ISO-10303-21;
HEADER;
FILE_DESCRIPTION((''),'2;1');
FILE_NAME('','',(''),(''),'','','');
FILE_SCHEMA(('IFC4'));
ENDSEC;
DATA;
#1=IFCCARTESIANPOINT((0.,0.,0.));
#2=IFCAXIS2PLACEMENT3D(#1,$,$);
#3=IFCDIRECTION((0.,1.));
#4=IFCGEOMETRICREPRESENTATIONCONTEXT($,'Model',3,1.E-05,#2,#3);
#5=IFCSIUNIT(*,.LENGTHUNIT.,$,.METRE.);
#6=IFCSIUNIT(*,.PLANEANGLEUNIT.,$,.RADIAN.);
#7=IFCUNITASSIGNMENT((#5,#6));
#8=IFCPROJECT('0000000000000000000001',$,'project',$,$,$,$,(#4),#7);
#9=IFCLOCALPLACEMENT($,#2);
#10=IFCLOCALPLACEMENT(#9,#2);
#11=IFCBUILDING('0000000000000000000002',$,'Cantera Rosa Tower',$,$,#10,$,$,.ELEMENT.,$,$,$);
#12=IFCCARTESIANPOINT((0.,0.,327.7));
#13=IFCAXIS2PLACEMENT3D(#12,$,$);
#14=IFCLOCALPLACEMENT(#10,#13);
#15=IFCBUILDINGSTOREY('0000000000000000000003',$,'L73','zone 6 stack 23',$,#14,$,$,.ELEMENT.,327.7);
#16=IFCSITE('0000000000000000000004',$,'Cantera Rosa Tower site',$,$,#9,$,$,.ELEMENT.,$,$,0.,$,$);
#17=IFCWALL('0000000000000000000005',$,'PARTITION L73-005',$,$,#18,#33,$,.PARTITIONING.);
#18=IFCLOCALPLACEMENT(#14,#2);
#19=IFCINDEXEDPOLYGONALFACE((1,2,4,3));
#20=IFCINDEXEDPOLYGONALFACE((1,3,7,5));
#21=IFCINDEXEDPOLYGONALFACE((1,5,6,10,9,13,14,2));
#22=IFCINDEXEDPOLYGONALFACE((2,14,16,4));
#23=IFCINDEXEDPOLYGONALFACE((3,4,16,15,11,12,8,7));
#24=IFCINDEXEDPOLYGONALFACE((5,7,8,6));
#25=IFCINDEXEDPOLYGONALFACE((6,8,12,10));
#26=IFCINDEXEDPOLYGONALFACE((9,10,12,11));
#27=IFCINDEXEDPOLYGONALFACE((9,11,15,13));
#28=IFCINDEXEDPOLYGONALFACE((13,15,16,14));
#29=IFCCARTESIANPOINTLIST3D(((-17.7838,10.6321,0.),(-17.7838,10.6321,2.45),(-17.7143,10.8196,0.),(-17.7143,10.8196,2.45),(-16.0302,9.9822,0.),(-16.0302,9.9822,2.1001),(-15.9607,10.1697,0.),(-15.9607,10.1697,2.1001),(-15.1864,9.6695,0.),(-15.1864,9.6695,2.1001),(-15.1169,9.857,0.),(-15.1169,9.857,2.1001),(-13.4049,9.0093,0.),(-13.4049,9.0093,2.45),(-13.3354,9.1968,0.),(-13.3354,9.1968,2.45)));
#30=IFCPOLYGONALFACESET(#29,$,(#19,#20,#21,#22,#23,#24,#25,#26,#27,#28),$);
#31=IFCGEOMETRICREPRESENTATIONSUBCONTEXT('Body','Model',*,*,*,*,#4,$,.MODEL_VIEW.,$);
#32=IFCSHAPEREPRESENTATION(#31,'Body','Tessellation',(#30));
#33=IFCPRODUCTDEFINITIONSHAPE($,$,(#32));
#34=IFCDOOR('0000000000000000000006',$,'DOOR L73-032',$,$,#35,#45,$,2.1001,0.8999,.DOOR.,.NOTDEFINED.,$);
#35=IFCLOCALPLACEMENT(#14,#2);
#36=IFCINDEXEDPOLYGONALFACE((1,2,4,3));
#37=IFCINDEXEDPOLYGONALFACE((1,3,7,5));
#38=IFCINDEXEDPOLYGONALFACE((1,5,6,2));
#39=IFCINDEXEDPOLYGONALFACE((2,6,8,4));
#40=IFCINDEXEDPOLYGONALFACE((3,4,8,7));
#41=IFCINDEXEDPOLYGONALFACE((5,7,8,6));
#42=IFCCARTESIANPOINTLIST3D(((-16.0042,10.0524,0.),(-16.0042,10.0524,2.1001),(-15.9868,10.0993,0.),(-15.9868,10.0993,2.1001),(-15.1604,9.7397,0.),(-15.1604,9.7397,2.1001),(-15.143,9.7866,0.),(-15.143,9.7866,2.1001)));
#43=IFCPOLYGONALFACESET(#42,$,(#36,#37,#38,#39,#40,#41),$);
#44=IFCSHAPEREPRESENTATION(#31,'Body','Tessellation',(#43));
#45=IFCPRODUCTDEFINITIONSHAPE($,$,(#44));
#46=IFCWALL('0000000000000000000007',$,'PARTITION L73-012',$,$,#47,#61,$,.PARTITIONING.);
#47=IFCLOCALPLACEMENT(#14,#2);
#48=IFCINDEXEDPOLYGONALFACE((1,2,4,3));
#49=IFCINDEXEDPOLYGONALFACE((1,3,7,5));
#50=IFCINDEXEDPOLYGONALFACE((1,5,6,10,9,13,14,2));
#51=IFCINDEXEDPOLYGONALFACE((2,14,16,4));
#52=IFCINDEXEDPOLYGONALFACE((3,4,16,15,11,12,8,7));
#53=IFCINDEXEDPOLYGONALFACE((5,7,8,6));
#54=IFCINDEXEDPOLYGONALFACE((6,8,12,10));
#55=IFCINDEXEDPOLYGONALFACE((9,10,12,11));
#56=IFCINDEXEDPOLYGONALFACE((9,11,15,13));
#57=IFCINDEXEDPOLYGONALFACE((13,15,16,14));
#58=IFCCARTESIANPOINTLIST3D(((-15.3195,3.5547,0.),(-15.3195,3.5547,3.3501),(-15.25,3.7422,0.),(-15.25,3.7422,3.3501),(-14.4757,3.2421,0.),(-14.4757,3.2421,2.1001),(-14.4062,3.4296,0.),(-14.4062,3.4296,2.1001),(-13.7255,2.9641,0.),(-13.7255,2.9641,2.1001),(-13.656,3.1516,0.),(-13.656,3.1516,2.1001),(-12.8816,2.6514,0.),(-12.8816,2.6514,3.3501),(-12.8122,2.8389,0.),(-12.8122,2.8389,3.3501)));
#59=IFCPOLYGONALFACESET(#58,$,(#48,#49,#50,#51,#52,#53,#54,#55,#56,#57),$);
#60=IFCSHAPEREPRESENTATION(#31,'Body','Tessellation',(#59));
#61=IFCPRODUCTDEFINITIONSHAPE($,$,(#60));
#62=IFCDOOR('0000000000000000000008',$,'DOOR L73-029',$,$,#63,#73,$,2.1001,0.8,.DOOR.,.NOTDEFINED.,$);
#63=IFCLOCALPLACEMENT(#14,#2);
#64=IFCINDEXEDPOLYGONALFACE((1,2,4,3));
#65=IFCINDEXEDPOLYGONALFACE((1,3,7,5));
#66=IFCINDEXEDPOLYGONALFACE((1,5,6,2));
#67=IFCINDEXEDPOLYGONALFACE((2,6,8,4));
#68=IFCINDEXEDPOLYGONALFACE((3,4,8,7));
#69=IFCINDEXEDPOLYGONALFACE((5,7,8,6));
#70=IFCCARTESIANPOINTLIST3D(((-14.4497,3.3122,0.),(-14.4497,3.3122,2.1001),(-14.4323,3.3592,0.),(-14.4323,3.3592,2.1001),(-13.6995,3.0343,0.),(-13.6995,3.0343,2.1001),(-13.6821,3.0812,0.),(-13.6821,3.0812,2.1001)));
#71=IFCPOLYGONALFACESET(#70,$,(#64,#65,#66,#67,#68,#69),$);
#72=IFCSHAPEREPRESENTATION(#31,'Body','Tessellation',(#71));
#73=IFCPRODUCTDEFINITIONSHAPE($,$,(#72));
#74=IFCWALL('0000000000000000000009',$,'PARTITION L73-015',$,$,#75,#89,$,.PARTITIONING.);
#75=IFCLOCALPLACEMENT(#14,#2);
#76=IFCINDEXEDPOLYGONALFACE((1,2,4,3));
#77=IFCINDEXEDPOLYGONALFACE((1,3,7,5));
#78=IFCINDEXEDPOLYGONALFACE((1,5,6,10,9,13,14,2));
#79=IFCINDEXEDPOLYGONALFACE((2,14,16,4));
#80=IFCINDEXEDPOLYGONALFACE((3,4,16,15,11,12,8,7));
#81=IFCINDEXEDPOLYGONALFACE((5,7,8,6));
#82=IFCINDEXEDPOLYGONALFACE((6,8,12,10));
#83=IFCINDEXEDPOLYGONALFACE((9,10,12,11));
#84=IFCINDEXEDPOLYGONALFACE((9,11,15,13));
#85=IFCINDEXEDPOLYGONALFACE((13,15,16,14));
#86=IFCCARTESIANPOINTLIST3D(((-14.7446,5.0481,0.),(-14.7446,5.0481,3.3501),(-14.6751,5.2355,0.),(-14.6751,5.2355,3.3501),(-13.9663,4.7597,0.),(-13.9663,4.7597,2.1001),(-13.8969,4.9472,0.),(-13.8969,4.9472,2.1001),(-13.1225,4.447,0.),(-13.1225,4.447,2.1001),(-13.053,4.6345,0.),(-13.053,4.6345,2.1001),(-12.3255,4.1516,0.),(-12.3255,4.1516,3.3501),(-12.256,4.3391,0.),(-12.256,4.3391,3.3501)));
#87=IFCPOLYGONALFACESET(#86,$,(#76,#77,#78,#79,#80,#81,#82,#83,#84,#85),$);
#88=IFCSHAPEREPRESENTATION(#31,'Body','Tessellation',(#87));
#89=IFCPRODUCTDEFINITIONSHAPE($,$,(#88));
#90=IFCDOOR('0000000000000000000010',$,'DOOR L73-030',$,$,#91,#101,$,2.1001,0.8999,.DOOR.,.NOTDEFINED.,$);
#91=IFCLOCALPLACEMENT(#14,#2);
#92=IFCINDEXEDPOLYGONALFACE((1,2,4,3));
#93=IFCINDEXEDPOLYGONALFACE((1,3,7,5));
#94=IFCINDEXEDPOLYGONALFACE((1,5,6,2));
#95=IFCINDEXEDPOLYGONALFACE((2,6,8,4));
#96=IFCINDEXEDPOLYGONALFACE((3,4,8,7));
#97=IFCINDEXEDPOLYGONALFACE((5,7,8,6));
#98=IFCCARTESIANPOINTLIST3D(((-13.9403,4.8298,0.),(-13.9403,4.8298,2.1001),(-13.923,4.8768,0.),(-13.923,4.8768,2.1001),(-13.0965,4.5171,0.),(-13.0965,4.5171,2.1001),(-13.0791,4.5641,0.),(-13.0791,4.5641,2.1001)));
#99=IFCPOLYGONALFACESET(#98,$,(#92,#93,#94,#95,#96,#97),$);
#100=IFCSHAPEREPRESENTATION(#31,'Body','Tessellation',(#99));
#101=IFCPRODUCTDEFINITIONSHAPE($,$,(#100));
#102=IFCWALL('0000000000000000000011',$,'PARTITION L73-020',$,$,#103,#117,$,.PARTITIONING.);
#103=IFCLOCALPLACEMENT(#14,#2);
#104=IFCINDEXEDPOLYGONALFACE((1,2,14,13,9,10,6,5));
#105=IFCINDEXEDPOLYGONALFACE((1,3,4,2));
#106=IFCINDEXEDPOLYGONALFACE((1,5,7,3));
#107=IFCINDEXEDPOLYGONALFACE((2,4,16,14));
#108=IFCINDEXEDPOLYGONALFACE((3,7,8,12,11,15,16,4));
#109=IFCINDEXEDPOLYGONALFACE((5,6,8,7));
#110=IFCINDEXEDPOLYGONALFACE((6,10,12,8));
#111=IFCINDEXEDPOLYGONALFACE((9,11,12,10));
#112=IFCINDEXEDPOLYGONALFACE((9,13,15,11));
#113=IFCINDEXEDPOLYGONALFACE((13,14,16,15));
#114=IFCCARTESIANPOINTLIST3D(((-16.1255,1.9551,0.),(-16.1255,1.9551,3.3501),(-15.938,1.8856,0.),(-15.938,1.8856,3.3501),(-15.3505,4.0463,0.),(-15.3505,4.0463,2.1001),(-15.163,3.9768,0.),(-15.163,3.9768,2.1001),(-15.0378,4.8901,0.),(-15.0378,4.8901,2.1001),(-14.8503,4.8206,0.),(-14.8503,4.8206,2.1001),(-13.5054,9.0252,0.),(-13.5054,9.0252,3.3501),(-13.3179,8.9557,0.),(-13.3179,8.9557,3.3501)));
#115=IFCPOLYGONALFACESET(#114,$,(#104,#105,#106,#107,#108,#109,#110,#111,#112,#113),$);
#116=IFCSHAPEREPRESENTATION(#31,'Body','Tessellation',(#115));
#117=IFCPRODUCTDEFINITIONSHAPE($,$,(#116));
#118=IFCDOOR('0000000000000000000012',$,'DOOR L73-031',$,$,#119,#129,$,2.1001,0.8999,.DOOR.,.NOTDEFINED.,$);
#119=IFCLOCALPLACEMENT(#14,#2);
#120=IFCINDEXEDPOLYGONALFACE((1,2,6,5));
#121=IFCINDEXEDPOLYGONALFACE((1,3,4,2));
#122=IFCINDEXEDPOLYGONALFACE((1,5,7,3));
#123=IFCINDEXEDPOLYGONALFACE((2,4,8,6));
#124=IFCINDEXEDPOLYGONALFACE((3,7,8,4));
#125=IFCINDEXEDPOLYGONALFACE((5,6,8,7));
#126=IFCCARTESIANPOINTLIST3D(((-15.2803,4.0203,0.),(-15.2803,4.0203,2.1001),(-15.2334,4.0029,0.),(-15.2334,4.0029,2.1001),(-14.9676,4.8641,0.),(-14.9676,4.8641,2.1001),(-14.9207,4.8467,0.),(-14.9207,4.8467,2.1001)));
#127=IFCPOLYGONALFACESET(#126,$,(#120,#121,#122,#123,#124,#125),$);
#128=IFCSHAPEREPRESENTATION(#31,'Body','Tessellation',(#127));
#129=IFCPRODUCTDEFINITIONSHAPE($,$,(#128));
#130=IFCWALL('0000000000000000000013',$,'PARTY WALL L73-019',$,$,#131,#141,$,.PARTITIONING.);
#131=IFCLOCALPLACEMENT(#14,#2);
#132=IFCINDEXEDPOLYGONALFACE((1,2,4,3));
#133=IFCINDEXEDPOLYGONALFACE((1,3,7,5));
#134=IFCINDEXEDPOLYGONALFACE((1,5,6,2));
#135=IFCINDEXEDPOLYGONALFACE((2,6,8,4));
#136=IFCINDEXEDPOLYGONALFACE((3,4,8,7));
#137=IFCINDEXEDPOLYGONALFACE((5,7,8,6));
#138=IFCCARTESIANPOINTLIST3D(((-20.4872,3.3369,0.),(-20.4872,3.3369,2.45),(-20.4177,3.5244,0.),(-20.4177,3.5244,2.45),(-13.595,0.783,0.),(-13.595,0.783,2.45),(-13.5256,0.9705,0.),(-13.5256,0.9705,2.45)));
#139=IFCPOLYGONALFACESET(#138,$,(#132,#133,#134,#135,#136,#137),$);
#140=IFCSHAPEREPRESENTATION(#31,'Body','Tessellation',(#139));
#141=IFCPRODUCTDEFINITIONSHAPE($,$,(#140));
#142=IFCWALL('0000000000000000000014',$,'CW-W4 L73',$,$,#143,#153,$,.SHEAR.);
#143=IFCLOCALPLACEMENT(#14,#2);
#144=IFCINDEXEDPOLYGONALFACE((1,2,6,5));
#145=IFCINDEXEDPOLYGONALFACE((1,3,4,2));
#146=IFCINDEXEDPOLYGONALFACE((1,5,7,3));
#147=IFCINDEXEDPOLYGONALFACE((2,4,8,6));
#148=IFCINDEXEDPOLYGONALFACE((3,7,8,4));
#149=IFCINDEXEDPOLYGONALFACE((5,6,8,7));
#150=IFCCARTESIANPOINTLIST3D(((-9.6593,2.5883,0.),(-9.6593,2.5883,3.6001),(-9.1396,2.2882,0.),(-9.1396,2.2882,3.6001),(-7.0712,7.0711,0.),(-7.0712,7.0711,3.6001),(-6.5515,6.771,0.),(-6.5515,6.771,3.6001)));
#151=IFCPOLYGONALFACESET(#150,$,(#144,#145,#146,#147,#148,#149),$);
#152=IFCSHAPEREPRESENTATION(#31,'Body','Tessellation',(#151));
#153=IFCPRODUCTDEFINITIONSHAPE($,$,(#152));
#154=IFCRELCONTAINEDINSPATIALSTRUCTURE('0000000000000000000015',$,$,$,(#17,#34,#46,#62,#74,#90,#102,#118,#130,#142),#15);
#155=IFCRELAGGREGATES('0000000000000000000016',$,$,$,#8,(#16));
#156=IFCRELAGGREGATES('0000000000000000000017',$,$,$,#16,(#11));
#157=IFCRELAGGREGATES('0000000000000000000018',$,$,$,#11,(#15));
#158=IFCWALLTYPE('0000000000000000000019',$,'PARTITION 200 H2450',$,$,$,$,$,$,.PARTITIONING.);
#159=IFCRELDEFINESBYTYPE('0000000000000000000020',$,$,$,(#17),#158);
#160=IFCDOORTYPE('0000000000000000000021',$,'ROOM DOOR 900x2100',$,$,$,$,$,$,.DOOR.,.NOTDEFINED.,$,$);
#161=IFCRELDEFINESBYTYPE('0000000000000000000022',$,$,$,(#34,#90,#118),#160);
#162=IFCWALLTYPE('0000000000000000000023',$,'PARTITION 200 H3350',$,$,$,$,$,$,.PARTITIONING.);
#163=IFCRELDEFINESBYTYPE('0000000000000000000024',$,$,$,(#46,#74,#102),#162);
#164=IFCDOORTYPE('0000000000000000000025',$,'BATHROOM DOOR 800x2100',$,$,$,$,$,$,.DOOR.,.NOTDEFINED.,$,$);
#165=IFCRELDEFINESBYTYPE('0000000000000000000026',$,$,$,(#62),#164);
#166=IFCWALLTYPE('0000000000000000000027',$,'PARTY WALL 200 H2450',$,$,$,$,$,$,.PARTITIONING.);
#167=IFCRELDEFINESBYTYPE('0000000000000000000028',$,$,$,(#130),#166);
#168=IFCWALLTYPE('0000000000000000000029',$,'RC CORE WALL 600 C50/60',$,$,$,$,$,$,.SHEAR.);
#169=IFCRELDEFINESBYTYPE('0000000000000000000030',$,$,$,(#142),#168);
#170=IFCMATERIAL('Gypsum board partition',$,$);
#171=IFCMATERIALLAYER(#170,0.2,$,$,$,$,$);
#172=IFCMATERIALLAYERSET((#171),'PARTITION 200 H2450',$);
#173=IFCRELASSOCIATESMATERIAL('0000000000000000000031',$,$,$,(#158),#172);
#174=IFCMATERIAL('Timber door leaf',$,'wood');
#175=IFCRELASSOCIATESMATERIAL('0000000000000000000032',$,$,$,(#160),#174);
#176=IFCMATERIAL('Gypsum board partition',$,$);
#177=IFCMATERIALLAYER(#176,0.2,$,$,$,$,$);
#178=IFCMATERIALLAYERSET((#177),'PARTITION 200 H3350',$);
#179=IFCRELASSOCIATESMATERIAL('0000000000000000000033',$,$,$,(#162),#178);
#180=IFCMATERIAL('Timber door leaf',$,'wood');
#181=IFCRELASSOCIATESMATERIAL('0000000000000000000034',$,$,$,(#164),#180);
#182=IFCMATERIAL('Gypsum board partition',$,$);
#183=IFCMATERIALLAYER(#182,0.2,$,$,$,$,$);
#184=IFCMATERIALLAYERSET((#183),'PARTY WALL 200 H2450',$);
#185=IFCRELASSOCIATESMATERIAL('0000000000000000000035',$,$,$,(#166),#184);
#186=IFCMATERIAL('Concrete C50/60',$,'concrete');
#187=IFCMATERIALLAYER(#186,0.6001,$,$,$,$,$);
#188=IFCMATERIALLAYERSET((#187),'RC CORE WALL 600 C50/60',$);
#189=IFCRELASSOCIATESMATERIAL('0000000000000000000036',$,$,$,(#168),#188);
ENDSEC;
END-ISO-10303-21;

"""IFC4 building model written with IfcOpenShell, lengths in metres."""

from ifc_helpers import new_model, si_unit, direction, frame, frame_2d, origin, place, context, subcontext, project, spatial, rectangle, extrude, material, layer, layer_set, type_object, element, fill, save


model = new_model("IFC4")

# Units and contexts
model_context = context("Model", 3, precision=1e-05, world=origin(), true_north=direction((0.0, 1.0)))
body_context = subcontext(model_context, "Body", "Model", "MODEL_VIEW")
ifc_project = project(units=[si_unit("LENGTHUNIT", "METRE"), si_unit("PLANEANGLEUNIT", "RADIAN")], contexts=[model_context])

# Site, building, storey
site_placement = place(None, origin())
site = spatial("IfcSite", under=ifc_project, at=site_placement, Name="Cantera Rosa Tower site", CompositionType="ELEMENT", RefElevation=0.0)
building_placement = place(site_placement, origin())
building = spatial("IfcBuilding", under=site, at=building_placement, Name="Cantera Rosa Tower", CompositionType="ELEMENT")
storey_placement = place(building_placement, frame((0.0, 0.0, 327.7)))
storey = spatial("IfcBuildingStorey", under=building, at=storey_placement, Name="L73", Description="zone 6 stack 23", CompositionType="ELEMENT", Elevation=327.7)

# Walls, openings, doors
ifc_material_1 = material(Name="Gypsum board partition")
ifc_layer_1 = layer(ifc_material_1, 0.2)
ifc_layer_set_1 = layer_set([ifc_layer_1], Name="PARTITION 200 H2450")
wall_type_1 = type_object("IfcWallType", Name="PARTITION 200 H2450", PredefinedType="PARTITIONING", material=ifc_layer_set_1)
wall_1_placement = place(storey_placement, frame((-17.749, 10.7258, 0.0), z_axis=(0.0, 0.0, 1.0), x_axis=(0.93768, -0.3475, 0.0)))
wall_1 = element("IfcWall", 1, at=wall_1_placement, inside=storey, type_object=wall_type_1, Name="PARTITION L73-005", PredefinedType="PARTITIONING", context=body_context, shape_type="SweptSolid", body=[
    extrude(rectangle(XDim=4.6699, YDim=0.2, at=frame_2d((2.335, 0.0))), origin(), (0.0, 0.0, 1.0), 2.45),
])
opening_1_placement = place(wall_1_placement, frame((1.8701, 0.0, 0.0)))
opening_1 = element("IfcOpeningElement", 2, at=opening_1_placement, cuts=wall_1, PredefinedType="OPENING", context=body_context, shape_type="SweptSolid", body=[
    extrude(rectangle(XDim=0.8999, YDim=2.1001, at=frame_2d((0.45, 1.05))), frame((0.0, 0.1099, 0.0), z_axis=(0.0, -1.0, 0.0), x_axis=(1.0, 0.0, 0.0)), (0.0, 0.0, 1.0), 0.22),
])
ifc_material_2 = material(Name="Timber door leaf", Category="wood")
door_type_1 = type_object("IfcDoorType", Name="ROOM DOOR 900x2100", OperationType="NOTDEFINED", PredefinedType="DOOR", material=ifc_material_2)
door_1_placement = place(opening_1_placement, origin())
door_1 = element("IfcDoor", 3, at=door_1_placement, inside=storey, type_object=door_type_1, Name="DOOR L73-032", OperationType="NOTDEFINED", OverallHeight=2.1001, OverallWidth=0.8999, PredefinedType="DOOR", context=body_context, shape_type="SweptSolid", body=[
    extrude(rectangle(XDim=0.8999, YDim=2.1001, at=frame_2d((0.45, 1.05))), frame((0.0, 0.0249, 0.0), z_axis=(0.0, -1.0, 0.0), x_axis=(1.0, 0.0, 0.0)), (0.0, 0.0, 1.0), 0.05),
])
fill(opening_1, door_1)
ifc_material_3 = material(Name="Gypsum board partition")
ifc_layer_2 = layer(ifc_material_3, 0.2)
ifc_layer_set_2 = layer_set([ifc_layer_2], Name="PARTITION 200 H3350")
wall_type_2 = type_object("IfcWallType", Name="PARTITION 200 H3350", PredefinedType="PARTITIONING", material=ifc_layer_set_2)
wall_2_placement = place(storey_placement, frame((-15.2847, 3.6484, 0.0), z_axis=(0.0, 0.0, 1.0), x_axis=(0.937703, -0.347437, 0.0)))
wall_2 = element("IfcWall", 4, at=wall_2_placement, inside=storey, type_object=wall_type_2, Name="PARTITION L73-012", PredefinedType="PARTITIONING", context=body_context, shape_type="SweptSolid", body=[
    extrude(rectangle(XDim=2.5999, YDim=0.2, at=frame_2d((1.2998, 0.0))), origin(), (0.0, 0.0, 1.0), 3.3501),
])
opening_2_placement = place(wall_2_placement, frame((0.8999, 0.0, 0.0)))
opening_2 = element("IfcOpeningElement", 5, at=opening_2_placement, cuts=wall_2, PredefinedType="OPENING", context=body_context, shape_type="SweptSolid", body=[
    extrude(rectangle(XDim=0.8, YDim=2.1001, at=frame_2d((0.3999, 1.05))), frame((0.0, 0.1099, 0.0), z_axis=(0.0, -1.0, 0.0), x_axis=(1.0, 0.0, 0.0)), (0.0, 0.0, 1.0), 0.22),
])
ifc_material_4 = material(Name="Timber door leaf", Category="wood")
door_type_2 = type_object("IfcDoorType", Name="BATHROOM DOOR 800x2100", OperationType="NOTDEFINED", PredefinedType="DOOR", material=ifc_material_4)
door_2_placement = place(opening_2_placement, origin())
door_2 = element("IfcDoor", 6, at=door_2_placement, inside=storey, type_object=door_type_2, Name="DOOR L73-029", OperationType="NOTDEFINED", OverallHeight=2.1001, OverallWidth=0.8, PredefinedType="DOOR", context=body_context, shape_type="SweptSolid", body=[
    extrude(rectangle(XDim=0.8, YDim=2.1001, at=frame_2d((0.3999, 1.05))), frame((0.0, 0.0249, 0.0), z_axis=(0.0, -1.0, 0.0), x_axis=(1.0, 0.0, 0.0)), (0.0, 0.0, 1.0), 0.05),
])
fill(opening_2, door_2)
wall_3_placement = place(storey_placement, frame((-14.71, 5.1418, 0.0), z_axis=(0.0, 0.0, 1.0), x_axis=(0.937687, -0.347481, 0.0)))
wall_3 = element("IfcWall", 7, at=wall_3_placement, inside=storey, type_object=wall_type_2, Name="PARTITION L73-015", PredefinedType="PARTITIONING", context=body_context, shape_type="SweptSolid", body=[
    extrude(rectangle(XDim=2.5798, YDim=0.2, at=frame_2d((1.29, 0.0))), origin(), (0.0, 0.0, 1.0), 3.3501),
])
opening_3_placement = place(wall_3_placement, frame((0.8301, 0.0, 0.0)))
opening_3 = element("IfcOpeningElement", 8, at=opening_3_placement, cuts=wall_3, PredefinedType="OPENING", context=body_context, shape_type="SweptSolid", body=[
    extrude(rectangle(XDim=0.8999, YDim=2.1001, at=frame_2d((0.45, 1.05))), frame((0.0, 0.1099, 0.0), z_axis=(0.0, -1.0, 0.0), x_axis=(1.0, 0.0, 0.0)), (0.0, 0.0, 1.0), 0.22),
])
door_3_placement = place(opening_3_placement, origin())
door_3 = element("IfcDoor", 9, at=door_3_placement, inside=storey, type_object=door_type_1, Name="DOOR L73-030", OperationType="NOTDEFINED", OverallHeight=2.1001, OverallWidth=0.8999, PredefinedType="DOOR", context=body_context, shape_type="SweptSolid", body=[
    extrude(rectangle(XDim=0.8999, YDim=2.1001, at=frame_2d((0.45, 1.05))), frame((0.0, 0.0249, 0.0), z_axis=(0.0, -1.0, 0.0), x_axis=(1.0, 0.0, 0.0)), (0.0, 0.0, 1.0), 0.05),
])
fill(opening_3, door_3)
wall_4_placement = place(storey_placement, frame((-13.4116, 8.9905, 0.0), z_axis=(0.0, 0.0, 1.0), x_axis=(-0.347498, -0.937681, 0.0)))
wall_4 = element("IfcWall", 10, at=wall_4_placement, inside=storey, type_object=wall_type_2, Name="PARTITION L73-020", PredefinedType="PARTITIONING", context=body_context, shape_type="SweptSolid", body=[
    extrude(rectangle(XDim=7.54, YDim=0.2, at=frame_2d((3.77, 0.0))), origin(), (0.0, 0.0, 1.0), 3.3501),
])
opening_4_placement = place(wall_4_placement, frame((4.4099, 0.0, 0.0)))
opening_4 = element("IfcOpeningElement", 11, at=opening_4_placement, cuts=wall_4, PredefinedType="OPENING", context=body_context, shape_type="SweptSolid", body=[
    extrude(rectangle(XDim=0.8999, YDim=2.1001, at=frame_2d((0.45, 1.05))), frame((0.0, 0.1099, 0.0), z_axis=(0.0, -1.0, 0.0), x_axis=(1.0, 0.0, 0.0)), (0.0, 0.0, 1.0), 0.22),
])
door_4_placement = place(opening_4_placement, origin())
door_4 = element("IfcDoor", 12, at=door_4_placement, inside=storey, type_object=door_type_1, Name="DOOR L73-031", OperationType="NOTDEFINED", OverallHeight=2.1001, OverallWidth=0.8999, PredefinedType="DOOR", context=body_context, shape_type="SweptSolid", body=[
    extrude(rectangle(XDim=0.8999, YDim=2.1001, at=frame_2d((0.45, 1.05))), frame((0.0, 0.0249, 0.0), z_axis=(0.0, -1.0, 0.0), x_axis=(1.0, 0.0, 0.0)), (0.0, 0.0, 1.0), 0.05),
])
fill(opening_4, door_4)

# Walls
ifc_material_5 = material(Name="Gypsum board partition")
ifc_layer_3 = layer(ifc_material_5, 0.2)
ifc_layer_set_3 = layer_set([ifc_layer_3], Name="PARTY WALL 200 H2450")
wall_type_3 = type_object("IfcWallType", Name="PARTY WALL 200 H2450", PredefinedType="PARTITIONING", material=ifc_layer_set_3)
wall_5_placement = place(storey_placement, frame((-13.5603, 0.8767, 0.0), z_axis=(0.0, 0.0, 1.0), x_axis=(-0.93769, 0.347473, 0.0)))
element("IfcWall", 13, at=wall_5_placement, inside=storey, type_object=wall_type_3, Name="PARTY WALL L73-019", PredefinedType="PARTITIONING", context=body_context, shape_type="SweptSolid", body=[
    extrude(rectangle(XDim=7.3501, YDim=0.2, at=frame_2d((3.675, 0.0))), origin(), (0.0, 0.0, 1.0), 2.45),
])
ifc_material_6 = material(Name="Concrete C50/60", Category="concrete")
ifc_layer_4 = layer(ifc_material_6, 0.6001)
ifc_layer_set_4 = layer_set([ifc_layer_4], Name="RC CORE WALL 600 C50/60")
wall_type_4 = type_object("IfcWallType", Name="RC CORE WALL 600 C50/60", PredefinedType="SHEAR", material=ifc_layer_set_4)
wall_6_placement = place(storey_placement, frame((-9.3994, 2.4382, 0.0), z_axis=(0.0, 0.0, 1.0), x_axis=(0.499989, 0.866032, 0.0)))
element("IfcWall", 14, at=wall_6_placement, inside=storey, type_object=wall_type_4, Name="CW-W4 L73", PredefinedType="SHEAR", context=body_context, shape_type="SweptSolid", body=[
    extrude(rectangle(XDim=5.1763, YDim=0.6001, at=frame_2d((2.5881, 0.0))), origin(), (0.0, 0.0, 1.0), 3.6001),
])

save(model, "model.ifc")
